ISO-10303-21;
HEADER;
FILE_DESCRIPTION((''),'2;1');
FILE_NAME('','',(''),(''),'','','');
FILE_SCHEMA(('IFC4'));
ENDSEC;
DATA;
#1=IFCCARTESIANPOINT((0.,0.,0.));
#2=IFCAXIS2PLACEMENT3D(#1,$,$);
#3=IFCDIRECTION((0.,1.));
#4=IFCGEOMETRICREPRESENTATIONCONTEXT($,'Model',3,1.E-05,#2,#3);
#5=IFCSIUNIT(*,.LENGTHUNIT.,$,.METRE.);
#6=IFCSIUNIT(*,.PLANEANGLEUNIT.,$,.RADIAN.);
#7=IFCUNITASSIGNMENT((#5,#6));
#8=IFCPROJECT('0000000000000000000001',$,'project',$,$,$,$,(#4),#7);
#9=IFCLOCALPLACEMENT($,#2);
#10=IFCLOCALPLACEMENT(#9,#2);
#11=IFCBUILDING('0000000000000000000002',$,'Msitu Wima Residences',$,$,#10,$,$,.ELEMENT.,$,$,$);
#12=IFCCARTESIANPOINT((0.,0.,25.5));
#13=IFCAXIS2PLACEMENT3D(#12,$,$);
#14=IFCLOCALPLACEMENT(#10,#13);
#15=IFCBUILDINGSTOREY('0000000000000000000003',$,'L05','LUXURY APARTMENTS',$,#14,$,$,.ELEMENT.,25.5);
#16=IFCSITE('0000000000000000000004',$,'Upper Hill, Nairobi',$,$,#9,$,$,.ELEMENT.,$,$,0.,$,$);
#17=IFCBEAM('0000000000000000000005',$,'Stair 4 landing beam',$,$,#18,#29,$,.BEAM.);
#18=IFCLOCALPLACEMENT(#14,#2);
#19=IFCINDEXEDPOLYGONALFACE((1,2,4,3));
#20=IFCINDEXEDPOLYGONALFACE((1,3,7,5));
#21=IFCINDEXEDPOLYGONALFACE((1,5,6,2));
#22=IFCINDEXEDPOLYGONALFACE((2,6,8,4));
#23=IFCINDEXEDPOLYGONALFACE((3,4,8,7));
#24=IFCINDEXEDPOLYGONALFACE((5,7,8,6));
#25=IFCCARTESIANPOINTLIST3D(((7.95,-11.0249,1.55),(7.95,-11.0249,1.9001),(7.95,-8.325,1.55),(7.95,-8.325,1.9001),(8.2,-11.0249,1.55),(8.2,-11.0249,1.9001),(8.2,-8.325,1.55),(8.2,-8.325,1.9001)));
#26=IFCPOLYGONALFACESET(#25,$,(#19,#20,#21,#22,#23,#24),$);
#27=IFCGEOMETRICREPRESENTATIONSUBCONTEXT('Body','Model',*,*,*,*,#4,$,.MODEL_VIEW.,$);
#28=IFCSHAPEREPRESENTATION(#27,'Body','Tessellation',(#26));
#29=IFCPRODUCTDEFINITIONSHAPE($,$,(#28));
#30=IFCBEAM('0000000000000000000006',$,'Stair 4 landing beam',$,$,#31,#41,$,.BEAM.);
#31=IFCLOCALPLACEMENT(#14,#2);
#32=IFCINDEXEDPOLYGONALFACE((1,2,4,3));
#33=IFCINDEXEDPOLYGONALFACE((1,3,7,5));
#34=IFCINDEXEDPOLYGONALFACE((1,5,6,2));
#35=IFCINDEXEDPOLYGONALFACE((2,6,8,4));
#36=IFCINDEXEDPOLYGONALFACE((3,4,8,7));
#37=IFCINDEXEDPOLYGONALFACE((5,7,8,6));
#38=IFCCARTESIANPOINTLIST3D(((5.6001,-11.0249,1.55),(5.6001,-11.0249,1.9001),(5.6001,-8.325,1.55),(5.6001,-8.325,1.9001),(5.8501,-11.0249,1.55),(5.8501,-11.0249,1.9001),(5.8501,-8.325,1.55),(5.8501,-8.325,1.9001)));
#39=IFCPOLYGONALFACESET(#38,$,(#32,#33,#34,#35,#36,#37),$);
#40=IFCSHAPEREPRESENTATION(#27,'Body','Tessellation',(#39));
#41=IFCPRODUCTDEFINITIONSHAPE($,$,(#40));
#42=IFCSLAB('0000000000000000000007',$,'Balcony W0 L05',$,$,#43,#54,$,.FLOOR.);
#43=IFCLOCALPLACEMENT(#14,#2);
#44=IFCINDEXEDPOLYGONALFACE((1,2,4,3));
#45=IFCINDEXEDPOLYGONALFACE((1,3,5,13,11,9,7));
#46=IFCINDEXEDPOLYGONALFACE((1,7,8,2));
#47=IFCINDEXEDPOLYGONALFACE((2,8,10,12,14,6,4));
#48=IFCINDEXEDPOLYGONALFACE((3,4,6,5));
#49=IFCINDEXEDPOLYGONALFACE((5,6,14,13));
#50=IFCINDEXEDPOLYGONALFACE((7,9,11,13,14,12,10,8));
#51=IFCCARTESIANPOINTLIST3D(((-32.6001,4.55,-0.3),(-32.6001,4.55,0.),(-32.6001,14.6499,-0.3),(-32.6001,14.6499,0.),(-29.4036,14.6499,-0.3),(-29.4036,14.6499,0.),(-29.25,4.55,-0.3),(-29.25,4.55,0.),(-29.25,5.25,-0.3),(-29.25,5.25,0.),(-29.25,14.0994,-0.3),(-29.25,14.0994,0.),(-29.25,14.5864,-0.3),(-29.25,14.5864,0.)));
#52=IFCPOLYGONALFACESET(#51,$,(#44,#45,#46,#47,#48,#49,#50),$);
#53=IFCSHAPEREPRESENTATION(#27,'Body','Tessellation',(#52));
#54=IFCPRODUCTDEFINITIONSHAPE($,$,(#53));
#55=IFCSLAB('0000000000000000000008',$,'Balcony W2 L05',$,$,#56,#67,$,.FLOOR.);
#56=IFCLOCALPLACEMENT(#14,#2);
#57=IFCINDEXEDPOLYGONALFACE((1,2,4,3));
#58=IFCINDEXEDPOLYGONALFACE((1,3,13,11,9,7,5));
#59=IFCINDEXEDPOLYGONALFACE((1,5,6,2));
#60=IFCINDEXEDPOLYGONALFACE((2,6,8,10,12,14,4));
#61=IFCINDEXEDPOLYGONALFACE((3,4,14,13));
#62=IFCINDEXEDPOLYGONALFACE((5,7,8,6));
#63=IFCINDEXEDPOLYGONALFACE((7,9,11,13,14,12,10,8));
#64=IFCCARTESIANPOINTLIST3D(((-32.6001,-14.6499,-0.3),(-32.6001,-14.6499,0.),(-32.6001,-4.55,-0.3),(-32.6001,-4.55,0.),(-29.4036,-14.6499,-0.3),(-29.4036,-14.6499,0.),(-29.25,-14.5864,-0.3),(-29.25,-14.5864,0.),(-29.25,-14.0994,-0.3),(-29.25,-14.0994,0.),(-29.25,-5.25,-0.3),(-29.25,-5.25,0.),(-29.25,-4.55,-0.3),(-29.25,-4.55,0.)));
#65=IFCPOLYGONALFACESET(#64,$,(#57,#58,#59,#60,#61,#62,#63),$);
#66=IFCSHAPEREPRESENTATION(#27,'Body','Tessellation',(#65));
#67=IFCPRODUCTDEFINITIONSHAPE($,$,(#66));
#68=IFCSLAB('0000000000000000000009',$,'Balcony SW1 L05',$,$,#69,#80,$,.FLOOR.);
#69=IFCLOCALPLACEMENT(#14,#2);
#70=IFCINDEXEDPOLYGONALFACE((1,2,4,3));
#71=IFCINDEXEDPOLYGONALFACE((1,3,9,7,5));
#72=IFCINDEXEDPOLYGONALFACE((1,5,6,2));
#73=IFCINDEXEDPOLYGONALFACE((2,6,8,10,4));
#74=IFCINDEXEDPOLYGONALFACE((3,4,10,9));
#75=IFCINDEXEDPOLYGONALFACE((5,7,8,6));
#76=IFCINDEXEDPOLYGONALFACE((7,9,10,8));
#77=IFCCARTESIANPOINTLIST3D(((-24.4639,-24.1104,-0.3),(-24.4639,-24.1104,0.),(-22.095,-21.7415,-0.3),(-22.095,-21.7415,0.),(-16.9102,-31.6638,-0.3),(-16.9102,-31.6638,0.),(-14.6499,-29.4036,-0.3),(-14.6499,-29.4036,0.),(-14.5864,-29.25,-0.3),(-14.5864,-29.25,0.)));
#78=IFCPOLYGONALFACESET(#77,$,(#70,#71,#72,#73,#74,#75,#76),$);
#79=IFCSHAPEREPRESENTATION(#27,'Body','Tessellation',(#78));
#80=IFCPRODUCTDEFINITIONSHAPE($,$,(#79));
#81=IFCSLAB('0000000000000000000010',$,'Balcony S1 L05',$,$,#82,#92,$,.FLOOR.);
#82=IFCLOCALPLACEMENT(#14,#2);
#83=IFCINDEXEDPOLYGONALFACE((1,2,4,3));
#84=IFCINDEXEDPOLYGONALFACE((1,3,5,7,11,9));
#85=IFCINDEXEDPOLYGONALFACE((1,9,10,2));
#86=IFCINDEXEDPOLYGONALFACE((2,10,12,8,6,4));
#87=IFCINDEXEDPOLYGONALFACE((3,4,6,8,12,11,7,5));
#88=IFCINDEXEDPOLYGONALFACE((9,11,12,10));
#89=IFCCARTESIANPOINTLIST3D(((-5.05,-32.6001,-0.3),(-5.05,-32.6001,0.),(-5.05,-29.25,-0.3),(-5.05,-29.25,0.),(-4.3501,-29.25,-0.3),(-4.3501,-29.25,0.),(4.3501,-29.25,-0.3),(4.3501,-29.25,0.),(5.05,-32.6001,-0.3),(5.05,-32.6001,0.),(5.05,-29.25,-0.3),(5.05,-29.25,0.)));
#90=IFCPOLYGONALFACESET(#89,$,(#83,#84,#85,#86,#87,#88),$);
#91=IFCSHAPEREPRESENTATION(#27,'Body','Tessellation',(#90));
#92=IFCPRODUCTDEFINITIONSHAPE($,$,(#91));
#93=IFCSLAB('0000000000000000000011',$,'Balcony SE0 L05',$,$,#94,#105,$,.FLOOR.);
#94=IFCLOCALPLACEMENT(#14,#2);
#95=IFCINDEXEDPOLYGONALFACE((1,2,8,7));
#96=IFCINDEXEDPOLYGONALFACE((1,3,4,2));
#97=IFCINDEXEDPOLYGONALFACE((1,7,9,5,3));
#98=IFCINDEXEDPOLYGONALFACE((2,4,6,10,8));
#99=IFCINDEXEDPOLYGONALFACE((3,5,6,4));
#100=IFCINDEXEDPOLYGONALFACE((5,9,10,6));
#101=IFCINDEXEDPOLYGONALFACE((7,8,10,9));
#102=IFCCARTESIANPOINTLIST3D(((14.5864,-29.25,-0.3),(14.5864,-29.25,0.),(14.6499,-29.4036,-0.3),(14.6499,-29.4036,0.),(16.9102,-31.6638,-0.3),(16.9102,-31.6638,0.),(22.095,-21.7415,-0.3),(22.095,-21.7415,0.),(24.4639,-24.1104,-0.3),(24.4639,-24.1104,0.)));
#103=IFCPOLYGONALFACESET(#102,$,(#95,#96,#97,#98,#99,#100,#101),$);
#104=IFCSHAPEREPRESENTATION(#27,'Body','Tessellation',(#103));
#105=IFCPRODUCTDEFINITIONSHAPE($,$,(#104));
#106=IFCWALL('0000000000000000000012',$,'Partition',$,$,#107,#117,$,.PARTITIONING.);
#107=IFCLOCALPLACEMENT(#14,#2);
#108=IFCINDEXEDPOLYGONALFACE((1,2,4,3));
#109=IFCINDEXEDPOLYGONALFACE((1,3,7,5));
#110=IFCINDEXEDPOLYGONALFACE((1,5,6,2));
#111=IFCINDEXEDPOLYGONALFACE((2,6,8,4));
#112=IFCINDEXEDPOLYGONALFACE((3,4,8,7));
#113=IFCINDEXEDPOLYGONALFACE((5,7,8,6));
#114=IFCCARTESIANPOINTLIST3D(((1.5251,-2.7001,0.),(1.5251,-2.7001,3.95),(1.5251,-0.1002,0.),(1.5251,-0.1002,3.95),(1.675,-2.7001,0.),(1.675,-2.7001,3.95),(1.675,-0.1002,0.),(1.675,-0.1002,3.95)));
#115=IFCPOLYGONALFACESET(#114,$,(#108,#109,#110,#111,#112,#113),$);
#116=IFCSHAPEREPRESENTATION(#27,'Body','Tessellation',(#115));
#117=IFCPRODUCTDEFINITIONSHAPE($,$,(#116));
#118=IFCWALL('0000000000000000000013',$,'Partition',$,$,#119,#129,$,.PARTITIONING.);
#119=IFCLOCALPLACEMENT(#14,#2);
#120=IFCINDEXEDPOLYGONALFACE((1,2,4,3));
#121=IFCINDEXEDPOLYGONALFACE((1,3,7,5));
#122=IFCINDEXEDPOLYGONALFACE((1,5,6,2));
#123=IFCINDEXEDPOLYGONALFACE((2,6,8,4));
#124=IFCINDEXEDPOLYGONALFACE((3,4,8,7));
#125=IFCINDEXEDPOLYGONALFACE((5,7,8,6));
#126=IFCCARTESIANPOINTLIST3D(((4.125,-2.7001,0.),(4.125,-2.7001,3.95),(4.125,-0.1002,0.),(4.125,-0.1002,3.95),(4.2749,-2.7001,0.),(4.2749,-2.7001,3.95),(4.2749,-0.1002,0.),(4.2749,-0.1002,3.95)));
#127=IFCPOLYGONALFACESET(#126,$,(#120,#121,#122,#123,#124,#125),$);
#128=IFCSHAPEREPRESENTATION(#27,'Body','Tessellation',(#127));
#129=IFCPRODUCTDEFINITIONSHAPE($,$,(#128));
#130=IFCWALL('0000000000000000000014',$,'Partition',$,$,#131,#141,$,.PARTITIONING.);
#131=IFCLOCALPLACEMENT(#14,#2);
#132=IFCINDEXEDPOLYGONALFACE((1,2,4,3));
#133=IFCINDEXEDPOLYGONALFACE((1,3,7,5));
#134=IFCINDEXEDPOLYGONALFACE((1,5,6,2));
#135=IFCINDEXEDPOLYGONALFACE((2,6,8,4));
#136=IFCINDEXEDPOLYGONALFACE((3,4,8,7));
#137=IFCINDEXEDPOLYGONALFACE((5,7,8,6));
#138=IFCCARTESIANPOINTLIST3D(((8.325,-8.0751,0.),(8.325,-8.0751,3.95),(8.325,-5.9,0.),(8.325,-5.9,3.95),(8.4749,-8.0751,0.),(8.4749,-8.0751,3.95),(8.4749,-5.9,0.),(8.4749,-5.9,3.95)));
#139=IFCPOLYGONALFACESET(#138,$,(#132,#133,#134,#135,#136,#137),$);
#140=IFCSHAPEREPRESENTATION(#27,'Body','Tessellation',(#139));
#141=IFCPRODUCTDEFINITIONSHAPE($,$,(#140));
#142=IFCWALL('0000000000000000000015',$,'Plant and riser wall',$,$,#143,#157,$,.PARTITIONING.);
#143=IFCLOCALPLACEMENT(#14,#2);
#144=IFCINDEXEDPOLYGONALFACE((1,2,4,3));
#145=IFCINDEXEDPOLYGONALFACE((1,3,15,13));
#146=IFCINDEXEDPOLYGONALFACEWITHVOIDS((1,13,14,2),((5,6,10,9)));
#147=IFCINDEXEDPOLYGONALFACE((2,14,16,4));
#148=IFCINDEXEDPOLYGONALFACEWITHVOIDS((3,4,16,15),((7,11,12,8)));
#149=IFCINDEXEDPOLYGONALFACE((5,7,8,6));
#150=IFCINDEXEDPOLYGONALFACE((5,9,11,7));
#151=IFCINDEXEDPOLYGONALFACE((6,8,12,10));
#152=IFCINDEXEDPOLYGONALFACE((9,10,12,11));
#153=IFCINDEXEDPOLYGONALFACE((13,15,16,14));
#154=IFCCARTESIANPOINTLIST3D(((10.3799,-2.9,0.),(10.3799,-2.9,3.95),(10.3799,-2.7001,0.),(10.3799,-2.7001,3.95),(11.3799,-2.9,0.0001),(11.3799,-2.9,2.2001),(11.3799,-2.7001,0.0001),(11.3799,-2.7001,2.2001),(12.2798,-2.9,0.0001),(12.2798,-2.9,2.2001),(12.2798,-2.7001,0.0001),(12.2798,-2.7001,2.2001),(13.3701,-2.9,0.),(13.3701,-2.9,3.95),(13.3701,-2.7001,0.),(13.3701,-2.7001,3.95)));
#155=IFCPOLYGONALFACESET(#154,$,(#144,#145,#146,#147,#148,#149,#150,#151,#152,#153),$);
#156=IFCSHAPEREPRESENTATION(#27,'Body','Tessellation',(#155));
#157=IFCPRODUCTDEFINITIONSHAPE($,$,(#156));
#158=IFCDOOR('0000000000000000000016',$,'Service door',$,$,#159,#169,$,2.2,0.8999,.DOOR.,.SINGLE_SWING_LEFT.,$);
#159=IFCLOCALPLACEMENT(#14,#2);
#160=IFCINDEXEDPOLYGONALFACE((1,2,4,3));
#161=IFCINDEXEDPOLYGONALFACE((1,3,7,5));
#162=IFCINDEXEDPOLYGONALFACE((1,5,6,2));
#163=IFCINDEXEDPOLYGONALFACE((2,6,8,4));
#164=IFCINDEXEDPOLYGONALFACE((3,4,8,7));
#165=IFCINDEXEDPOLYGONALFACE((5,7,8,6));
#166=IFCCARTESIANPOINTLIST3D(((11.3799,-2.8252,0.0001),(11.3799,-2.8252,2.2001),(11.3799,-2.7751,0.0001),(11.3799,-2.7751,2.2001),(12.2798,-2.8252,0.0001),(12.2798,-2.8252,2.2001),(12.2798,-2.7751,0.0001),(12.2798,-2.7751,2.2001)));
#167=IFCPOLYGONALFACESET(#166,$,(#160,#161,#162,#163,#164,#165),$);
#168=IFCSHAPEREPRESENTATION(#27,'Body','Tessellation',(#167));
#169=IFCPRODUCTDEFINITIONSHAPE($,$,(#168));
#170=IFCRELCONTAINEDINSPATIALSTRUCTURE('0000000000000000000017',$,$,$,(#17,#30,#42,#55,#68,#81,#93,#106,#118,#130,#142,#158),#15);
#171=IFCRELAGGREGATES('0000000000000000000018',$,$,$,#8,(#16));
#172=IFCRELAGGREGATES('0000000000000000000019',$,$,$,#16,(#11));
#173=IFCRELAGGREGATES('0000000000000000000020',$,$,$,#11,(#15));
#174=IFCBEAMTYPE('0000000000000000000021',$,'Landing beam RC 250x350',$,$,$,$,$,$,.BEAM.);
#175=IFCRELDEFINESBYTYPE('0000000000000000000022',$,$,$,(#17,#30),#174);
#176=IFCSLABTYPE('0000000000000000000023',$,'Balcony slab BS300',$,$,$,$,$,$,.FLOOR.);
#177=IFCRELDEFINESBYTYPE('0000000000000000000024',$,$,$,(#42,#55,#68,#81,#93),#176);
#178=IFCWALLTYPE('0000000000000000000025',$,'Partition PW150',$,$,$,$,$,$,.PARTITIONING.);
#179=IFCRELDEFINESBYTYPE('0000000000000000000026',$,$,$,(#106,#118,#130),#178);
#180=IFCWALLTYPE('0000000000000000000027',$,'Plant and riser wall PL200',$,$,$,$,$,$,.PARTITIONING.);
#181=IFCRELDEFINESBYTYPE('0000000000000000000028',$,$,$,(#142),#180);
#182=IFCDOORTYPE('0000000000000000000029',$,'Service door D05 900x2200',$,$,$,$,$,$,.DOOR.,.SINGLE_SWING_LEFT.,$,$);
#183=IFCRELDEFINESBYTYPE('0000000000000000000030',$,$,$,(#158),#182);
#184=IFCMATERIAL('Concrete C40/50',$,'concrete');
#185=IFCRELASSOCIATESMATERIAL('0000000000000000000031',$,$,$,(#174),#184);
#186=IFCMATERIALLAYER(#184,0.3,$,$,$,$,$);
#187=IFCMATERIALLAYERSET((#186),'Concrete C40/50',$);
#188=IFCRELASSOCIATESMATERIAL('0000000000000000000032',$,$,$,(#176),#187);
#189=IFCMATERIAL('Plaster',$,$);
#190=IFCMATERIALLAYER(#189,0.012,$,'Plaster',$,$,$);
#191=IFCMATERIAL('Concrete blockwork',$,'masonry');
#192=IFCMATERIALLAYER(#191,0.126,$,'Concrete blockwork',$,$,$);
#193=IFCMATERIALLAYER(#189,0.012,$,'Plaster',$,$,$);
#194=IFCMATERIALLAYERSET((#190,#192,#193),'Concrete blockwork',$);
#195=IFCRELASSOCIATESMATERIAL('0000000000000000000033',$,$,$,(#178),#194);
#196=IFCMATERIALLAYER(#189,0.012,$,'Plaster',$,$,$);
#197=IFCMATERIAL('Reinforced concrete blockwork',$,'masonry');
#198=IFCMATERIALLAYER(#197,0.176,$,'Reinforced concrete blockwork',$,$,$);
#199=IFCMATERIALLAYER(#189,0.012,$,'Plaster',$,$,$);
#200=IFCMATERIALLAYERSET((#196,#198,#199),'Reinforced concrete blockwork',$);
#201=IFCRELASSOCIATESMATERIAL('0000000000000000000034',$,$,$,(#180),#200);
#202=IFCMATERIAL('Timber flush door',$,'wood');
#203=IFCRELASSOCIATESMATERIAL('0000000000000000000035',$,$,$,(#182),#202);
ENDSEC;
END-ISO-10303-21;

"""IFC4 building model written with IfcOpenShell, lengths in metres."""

from ifc_helpers import new_model, si_unit, direction, frame, frame_2d, origin, origin_2d, place, context, subcontext, project, spatial, polyline, rectangle, outline, extrude, material, layer, layer_set, material_profile, profile_set, type_object, element, fill, save


model = new_model("IFC4")

# Units and contexts
model_context = context("Model", 3, precision=1e-05, world=origin(), true_north=direction((0.0, 1.0)))
body_context = subcontext(model_context, "Body", "Model", "MODEL_VIEW")
ifc_project = project(units=[si_unit("LENGTHUNIT", "METRE"), si_unit("PLANEANGLEUNIT", "RADIAN")], contexts=[model_context])

# Site, building, storey
site_placement = place(None, origin())
site = spatial("IfcSite", under=ifc_project, at=site_placement, Name="Upper Hill, Nairobi", CompositionType="ELEMENT", RefElevation=0.0)
building_placement = place(site_placement, origin())
building = spatial("IfcBuilding", under=site, at=building_placement, Name="Msitu Wima Residences", CompositionType="ELEMENT")
storey_placement = place(building_placement, frame((0.0, 0.0, 25.5)))
storey = spatial("IfcBuildingStorey", under=building, at=storey_placement, Name="L05", Description="LUXURY APARTMENTS", CompositionType="ELEMENT", Elevation=25.5)

# Beams
ifc_material_1 = material(Name="Concrete C40/50", Category="concrete")
ifc_material_profile = material_profile(ifc_material_1, rectangle(XDim=0.25, YDim=0.3501, at=origin_2d()), Name="RC 250x350")
ifc_profile_set = profile_set([ifc_material_profile], Name="Concrete C40/50")
beam_type = type_object("IfcBeamType", Name="Landing beam RC 250x350", PredefinedType="BEAM", material=ifc_profile_set)
for number, where, z_axis, x_axis, name in (
    (1, (8.075, -11.0249, 1.7251), (0.0, 1.0, 0.0), (-1.0, 0.0, 0.0), "Stair 4 landing beam"),
    (2, (5.7251, -11.0249, 1.7251), (0.0, 1.0, 0.0), (-1.0, 0.0, 0.0), "Stair 4 landing beam"),
):
    element("IfcBeam", number, at=place(storey_placement, frame(where, z_axis=z_axis, x_axis=x_axis)), inside=storey, type_object=beam_type, Name=name, PredefinedType="BEAM", context=body_context, shape_type="SweptSolid", body=[
        extrude(rectangle(XDim=0.25, YDim=0.3501, at=origin_2d()), origin(), (0.0, 0.0, 1.0), 2.7),
    ])

# Slabs
ifc_layer_1 = layer(ifc_material_1, 0.3)
ifc_layer_set_1 = layer_set([ifc_layer_1], Name="Concrete C40/50")
slab_type = type_object("IfcSlabType", Name="Balcony slab BS300", PredefinedType="FLOOR", material=ifc_layer_set_1)
slab_1_placement = place(storey_placement, frame((0.0, 0.0, -0.3)))
element("IfcSlab", 3, at=slab_1_placement, inside=storey, type_object=slab_type, Name="Balcony W0 L05", PredefinedType="FLOOR", context=body_context, shape_type="SweptSolid", body=[
    extrude(outline(polyline([(-29.25, 14.0994), (-29.25, 14.0994), (-29.25, 5.25), (-29.25, 4.55), (-32.6001, 4.55), (-32.6001, 14.6499), (-29.4036, 14.6499), (-29.25, 14.5864), (-29.25, 14.0994), (-29.25, 14.0994)])), origin(), (0.0, 0.0, 1.0), 0.3),
])
slab_2_placement = place(storey_placement, frame((0.0, 0.0, -0.3)))
element("IfcSlab", 4, at=slab_2_placement, inside=storey, type_object=slab_type, Name="Balcony W2 L05", PredefinedType="FLOOR", context=body_context, shape_type="SweptSolid", body=[
    extrude(outline(polyline([(-29.25, -14.0994), (-29.25, -14.0994), (-29.25, -14.0994), (-29.25, -14.5864), (-29.4036, -14.6499), (-32.6001, -14.6499), (-32.6001, -4.55), (-29.25, -4.55), (-29.25, -5.25), (-29.25, -14.0994)])), origin(), (0.0, 0.0, 1.0), 0.3),
])
slab_3_placement = place(storey_placement, frame((0.0, 0.0, -0.3)))
element("IfcSlab", 5, at=slab_3_placement, inside=storey, type_object=slab_type, Name="Balcony SW1 L05", PredefinedType="FLOOR", context=body_context, shape_type="SweptSolid", body=[
    extrude(outline(polyline([(-16.9102, -31.6638), (-24.4639, -24.1104), (-22.095, -21.7415), (-14.5864, -29.25), (-14.6499, -29.4036), (-16.9102, -31.6638)])), origin(), (0.0, 0.0, 1.0), 0.3),
])
slab_4_placement = place(storey_placement, frame((0.0, 0.0, -0.3)))
element("IfcSlab", 6, at=slab_4_placement, inside=storey, type_object=slab_type, Name="Balcony S1 L05", PredefinedType="FLOOR", context=body_context, shape_type="SweptSolid", body=[
    extrude(outline(polyline([(-4.3501, -29.25), (4.3501, -29.25), (5.05, -29.25), (5.05, -32.6001), (-5.05, -32.6001), (-5.05, -29.25), (-4.3501, -29.25)])), origin(), (0.0, 0.0, 1.0), 0.3),
])
slab_5_placement = place(storey_placement, frame((0.0, 0.0, -0.3)))
element("IfcSlab", 7, at=slab_5_placement, inside=storey, type_object=slab_type, Name="Balcony SE0 L05", PredefinedType="FLOOR", context=body_context, shape_type="SweptSolid", body=[
    extrude(outline(polyline([(24.4639, -24.1104), (16.9102, -31.6638), (14.6499, -29.4036), (14.5864, -29.25), (22.095, -21.7415), (24.4639, -24.1104)])), origin(), (0.0, 0.0, 1.0), 0.3),
])

# Walls
ifc_material_2 = material(Name="Plaster")
ifc_layer_2 = layer(ifc_material_2, 0.012, Name="Plaster")
ifc_material_3 = material(Name="Concrete blockwork", Category="masonry")
ifc_layer_3 = layer(ifc_material_3, 0.126, Name="Concrete blockwork")
ifc_layer_4 = layer(ifc_material_2, 0.012, Name="Plaster")
ifc_layer_set_2 = layer_set([ifc_layer_2, ifc_layer_3, ifc_layer_4], Name="Concrete blockwork")
wall_type_1 = type_object("IfcWallType", Name="Partition PW150", PredefinedType="PARTITIONING", material=ifc_layer_set_2)
for number, where, z_axis, x_axis, name in (
    (8, (1.6001, -2.7, 0.0), (0.0, 0.0, 1.0), (0.0, 1.0, 0.0), "Partition"),
    (9, (4.2, -2.7, 0.0), (0.0, 0.0, 1.0), (0.0, 1.0, 0.0), "Partition"),
):
    element("IfcWall", number, at=place(storey_placement, frame(where, z_axis=z_axis, x_axis=x_axis)), inside=storey, type_object=wall_type_1, Name=name, PredefinedType="PARTITIONING", context=body_context, shape_type="SweptSolid", body=[
        extrude(rectangle(XDim=2.5999, YDim=0.1499, at=frame_2d((1.2998, 0.0))), origin(), (0.0, 0.0, 1.0), 3.95),
    ])
wall_1_placement = place(storey_placement, frame((8.3999, -8.075, 0.0), z_axis=(0.0, 0.0, 1.0), x_axis=(0.0, 1.0, 0.0)))
element("IfcWall", 10, at=wall_1_placement, inside=storey, type_object=wall_type_1, Name="Partition", PredefinedType="PARTITIONING", context=body_context, shape_type="SweptSolid", body=[
    extrude(rectangle(XDim=2.175, YDim=0.1499, at=frame_2d((1.0874, 0.0))), origin(), (0.0, 0.0, 1.0), 3.95),
])

# Wall, opening, door
ifc_layer_5 = layer(ifc_material_2, 0.012, Name="Plaster")
ifc_material_4 = material(Name="Reinforced concrete blockwork", Category="masonry")
ifc_layer_6 = layer(ifc_material_4, 0.176, Name="Reinforced concrete blockwork")
ifc_layer_7 = layer(ifc_material_2, 0.012, Name="Plaster")
ifc_layer_set_3 = layer_set([ifc_layer_5, ifc_layer_6, ifc_layer_7], Name="Reinforced concrete blockwork")
wall_type_2 = type_object("IfcWallType", Name="Plant and riser wall PL200", PredefinedType="PARTITIONING", material=ifc_layer_set_3)
wall_2_placement = place(storey_placement, frame((10.3799, -2.8, 0.0), z_axis=(0.0, 0.0, 1.0), x_axis=(1.0, 0.0, 0.0)))
wall_2 = element("IfcWall", 11, at=wall_2_placement, inside=storey, type_object=wall_type_2, Name="Plant and riser wall", PredefinedType="PARTITIONING", context=body_context, shape_type="SweptSolid", body=[
    extrude(rectangle(XDim=2.9902, YDim=0.2, at=frame_2d((1.4951, 0.0))), origin(), (0.0, 0.0, 1.0), 3.95),
])
opening_placement = place(wall_2_placement, frame((1.0, 0.0, 0.0)))
opening = element("IfcOpeningElement", 12, at=opening_placement, cuts=wall_2, PredefinedType="OPENING", context=body_context, shape_type="SweptSolid", body=[
    extrude(rectangle(XDim=0.8999, YDim=2.2, at=frame_2d((0.45, 1.1001))), frame((0.0, 0.1099, 0.0), z_axis=(0.0, -1.0, 0.0), x_axis=(1.0, 0.0, 0.0)), (0.0, 0.0, 1.0), 0.22),
])
ifc_material_5 = material(Name="Timber flush door", Category="wood")
door_type = type_object("IfcDoorType", Name="Service door D05 900x2200", OperationType="SINGLE_SWING_LEFT", PredefinedType="DOOR", material=ifc_material_5)
door_placement = place(opening_placement, origin())
door = element("IfcDoor", 13, at=door_placement, inside=storey, type_object=door_type, Name="Service door", OperationType="SINGLE_SWING_LEFT", OverallHeight=2.2, OverallWidth=0.8999, PredefinedType="DOOR", context=body_context, shape_type="SweptSolid", body=[
    extrude(rectangle(XDim=0.8999, YDim=2.2, at=frame_2d((0.45, 1.1001))), frame((0.0, 0.0249, 0.0), z_axis=(0.0, -1.0, 0.0), x_axis=(1.0, 0.0, 0.0)), (0.0, 0.0, 1.0), 0.05),
])
fill(opening, door)

save(model, "model.ifc")
